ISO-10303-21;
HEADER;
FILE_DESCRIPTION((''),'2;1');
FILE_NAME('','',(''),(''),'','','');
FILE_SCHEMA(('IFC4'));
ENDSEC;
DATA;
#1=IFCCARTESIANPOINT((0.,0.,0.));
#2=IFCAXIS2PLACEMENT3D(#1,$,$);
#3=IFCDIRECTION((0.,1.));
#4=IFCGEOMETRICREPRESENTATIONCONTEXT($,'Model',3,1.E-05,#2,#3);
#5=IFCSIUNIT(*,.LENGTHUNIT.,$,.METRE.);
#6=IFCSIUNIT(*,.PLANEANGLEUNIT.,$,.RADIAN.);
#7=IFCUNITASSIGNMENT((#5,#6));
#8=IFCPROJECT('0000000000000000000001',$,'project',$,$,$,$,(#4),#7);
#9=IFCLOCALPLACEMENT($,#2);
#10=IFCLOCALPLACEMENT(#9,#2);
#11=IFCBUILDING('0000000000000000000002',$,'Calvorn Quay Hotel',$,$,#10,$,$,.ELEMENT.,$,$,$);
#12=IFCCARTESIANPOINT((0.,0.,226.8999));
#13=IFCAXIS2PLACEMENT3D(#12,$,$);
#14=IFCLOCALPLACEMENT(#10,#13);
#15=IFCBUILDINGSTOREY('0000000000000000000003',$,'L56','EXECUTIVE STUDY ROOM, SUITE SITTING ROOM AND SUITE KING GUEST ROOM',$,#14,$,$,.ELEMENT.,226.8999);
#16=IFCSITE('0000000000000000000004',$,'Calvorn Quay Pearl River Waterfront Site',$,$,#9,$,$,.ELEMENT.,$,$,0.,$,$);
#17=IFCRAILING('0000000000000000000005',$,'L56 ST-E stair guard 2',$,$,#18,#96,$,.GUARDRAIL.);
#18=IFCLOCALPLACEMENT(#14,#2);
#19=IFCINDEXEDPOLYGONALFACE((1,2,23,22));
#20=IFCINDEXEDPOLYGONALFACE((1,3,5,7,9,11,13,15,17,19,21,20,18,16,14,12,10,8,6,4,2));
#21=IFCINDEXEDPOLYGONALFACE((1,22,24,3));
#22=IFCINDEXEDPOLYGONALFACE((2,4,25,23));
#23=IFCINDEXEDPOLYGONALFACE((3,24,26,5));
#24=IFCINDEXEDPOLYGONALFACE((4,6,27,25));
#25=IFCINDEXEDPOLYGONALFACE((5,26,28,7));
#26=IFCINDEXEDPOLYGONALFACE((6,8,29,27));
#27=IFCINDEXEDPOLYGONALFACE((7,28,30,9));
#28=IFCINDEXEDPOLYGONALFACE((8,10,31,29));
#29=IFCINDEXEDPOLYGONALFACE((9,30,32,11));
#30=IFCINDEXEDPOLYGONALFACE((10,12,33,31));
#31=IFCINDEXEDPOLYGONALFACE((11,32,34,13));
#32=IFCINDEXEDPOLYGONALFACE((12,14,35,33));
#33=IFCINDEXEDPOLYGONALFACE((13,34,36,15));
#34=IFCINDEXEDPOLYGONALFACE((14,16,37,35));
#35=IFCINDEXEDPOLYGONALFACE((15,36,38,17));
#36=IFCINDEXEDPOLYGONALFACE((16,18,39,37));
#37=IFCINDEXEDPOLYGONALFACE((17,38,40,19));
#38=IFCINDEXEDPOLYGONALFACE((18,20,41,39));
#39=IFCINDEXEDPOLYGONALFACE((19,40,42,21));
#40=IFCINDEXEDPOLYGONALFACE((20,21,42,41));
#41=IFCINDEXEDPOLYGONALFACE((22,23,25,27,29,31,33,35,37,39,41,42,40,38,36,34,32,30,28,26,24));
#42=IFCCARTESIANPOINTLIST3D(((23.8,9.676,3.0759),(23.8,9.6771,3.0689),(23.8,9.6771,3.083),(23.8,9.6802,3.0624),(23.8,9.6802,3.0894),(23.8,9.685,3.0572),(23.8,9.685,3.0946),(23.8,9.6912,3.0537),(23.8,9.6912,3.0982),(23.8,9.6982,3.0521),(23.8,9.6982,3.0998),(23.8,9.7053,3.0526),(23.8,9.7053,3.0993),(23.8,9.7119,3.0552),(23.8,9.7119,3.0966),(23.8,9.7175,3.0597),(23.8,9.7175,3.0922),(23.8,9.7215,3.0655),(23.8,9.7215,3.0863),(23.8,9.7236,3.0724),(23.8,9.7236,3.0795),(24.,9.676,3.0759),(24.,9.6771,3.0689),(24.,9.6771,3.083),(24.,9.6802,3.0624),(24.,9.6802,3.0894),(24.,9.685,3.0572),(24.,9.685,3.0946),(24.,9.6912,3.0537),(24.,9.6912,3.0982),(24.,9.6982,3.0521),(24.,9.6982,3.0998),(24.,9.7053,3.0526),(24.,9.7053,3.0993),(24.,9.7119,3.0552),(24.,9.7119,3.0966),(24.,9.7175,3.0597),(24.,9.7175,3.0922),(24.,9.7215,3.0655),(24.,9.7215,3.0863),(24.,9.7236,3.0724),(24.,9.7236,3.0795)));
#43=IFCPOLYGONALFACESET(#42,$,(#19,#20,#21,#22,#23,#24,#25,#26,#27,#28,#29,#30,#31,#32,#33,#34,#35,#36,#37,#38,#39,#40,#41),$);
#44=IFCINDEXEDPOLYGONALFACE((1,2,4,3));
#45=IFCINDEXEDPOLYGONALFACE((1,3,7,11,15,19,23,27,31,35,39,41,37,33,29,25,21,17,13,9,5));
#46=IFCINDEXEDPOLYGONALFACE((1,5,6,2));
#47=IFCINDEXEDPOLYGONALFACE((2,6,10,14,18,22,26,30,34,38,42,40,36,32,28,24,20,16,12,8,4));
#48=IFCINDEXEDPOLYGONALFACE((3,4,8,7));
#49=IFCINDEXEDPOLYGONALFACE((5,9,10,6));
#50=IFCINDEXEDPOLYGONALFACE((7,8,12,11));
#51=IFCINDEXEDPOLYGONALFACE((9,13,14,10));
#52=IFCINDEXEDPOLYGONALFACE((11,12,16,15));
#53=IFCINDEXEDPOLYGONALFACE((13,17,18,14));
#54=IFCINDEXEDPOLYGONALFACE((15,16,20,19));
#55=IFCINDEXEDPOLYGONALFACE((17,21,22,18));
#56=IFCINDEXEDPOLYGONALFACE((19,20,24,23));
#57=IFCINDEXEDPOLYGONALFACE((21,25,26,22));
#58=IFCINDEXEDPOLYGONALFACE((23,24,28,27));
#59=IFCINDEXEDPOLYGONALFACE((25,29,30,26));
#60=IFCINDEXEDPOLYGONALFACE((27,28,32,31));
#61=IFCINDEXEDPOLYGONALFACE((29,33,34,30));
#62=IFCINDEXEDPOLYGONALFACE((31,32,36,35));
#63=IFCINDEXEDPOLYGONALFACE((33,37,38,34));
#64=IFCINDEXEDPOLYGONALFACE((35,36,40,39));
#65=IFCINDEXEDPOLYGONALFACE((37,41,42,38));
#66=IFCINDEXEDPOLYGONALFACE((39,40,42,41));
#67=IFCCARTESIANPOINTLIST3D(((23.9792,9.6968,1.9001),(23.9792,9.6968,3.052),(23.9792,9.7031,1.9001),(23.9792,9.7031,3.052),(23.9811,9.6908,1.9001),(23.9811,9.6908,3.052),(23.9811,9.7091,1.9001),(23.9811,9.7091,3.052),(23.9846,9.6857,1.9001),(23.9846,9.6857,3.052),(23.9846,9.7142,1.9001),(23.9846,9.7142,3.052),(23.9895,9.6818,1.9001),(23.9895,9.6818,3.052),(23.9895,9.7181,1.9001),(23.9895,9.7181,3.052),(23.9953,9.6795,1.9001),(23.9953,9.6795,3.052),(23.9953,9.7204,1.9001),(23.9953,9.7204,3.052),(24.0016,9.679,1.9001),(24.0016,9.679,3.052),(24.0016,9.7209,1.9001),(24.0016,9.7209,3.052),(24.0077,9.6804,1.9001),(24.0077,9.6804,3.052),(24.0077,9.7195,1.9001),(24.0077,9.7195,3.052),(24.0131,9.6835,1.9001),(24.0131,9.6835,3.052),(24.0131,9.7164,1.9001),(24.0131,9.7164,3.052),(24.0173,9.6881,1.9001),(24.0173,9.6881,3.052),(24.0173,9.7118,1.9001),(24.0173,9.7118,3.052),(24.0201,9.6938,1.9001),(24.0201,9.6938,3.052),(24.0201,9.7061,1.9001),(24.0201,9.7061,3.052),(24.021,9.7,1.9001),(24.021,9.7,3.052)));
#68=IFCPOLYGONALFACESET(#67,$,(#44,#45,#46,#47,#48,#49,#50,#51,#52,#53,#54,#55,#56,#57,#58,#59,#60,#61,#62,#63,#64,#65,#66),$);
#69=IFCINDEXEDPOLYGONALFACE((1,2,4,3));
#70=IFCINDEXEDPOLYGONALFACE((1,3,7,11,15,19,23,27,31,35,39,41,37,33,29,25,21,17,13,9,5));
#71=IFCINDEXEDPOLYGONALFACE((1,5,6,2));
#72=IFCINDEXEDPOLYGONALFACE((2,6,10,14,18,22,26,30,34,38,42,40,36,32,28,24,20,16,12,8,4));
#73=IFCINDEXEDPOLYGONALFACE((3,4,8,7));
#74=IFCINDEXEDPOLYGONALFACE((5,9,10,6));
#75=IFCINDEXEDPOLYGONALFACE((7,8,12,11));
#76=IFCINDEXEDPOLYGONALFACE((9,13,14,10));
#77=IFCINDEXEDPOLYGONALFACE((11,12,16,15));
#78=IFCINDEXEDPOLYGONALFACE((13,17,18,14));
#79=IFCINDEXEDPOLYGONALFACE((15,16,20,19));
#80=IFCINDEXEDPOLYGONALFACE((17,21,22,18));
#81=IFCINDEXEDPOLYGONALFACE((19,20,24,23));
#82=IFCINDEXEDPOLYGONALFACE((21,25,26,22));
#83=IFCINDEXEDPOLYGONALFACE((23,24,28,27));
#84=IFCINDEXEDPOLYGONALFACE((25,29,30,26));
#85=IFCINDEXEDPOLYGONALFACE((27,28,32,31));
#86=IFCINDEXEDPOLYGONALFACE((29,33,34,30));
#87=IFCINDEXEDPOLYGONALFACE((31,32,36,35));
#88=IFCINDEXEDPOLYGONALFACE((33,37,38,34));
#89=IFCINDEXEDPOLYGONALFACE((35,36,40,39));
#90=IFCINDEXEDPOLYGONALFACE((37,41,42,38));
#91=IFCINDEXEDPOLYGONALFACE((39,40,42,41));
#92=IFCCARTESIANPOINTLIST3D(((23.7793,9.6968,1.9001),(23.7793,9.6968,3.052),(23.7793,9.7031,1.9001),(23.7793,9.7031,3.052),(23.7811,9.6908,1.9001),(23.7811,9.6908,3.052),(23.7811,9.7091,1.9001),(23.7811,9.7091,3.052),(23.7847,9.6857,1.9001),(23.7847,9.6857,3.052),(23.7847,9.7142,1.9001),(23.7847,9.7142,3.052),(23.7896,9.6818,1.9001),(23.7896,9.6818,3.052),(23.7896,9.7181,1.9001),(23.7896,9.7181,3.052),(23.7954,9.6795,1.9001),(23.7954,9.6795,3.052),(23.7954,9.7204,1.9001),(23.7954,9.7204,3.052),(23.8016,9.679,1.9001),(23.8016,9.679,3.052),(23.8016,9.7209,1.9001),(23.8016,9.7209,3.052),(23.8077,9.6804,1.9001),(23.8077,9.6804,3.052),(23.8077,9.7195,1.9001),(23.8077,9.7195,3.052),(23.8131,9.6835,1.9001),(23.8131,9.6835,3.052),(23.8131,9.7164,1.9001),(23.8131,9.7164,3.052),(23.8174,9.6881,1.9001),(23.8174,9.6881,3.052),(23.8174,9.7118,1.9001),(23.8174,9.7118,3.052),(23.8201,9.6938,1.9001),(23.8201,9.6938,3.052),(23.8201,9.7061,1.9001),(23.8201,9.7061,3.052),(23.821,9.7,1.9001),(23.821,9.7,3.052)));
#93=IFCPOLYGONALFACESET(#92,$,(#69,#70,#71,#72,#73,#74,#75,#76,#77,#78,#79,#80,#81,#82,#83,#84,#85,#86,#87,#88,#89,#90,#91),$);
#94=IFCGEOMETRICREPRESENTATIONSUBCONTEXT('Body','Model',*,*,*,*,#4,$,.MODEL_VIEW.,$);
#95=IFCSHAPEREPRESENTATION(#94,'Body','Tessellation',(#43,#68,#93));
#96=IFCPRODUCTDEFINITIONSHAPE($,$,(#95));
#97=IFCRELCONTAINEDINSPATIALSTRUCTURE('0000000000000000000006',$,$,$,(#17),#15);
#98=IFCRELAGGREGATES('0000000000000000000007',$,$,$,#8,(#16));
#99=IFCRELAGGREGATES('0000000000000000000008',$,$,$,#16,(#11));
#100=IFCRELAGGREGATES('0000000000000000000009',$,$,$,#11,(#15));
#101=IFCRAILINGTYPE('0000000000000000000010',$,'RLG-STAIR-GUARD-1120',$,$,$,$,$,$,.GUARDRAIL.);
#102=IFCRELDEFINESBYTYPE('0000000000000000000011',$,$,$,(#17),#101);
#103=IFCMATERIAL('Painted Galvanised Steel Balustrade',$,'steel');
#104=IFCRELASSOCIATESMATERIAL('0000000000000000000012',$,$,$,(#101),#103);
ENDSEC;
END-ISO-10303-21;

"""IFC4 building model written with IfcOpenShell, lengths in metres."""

from ifc_helpers import new_model, si_unit, direction, frame, origin, origin_2d, place, context, subcontext, project, spatial, circle, extrude, material, type_object, element, save


model = new_model("IFC4")

# Units and contexts
model_context = context("Model", 3, precision=1e-05, world=origin(), true_north=direction((0.0, 1.0)))
body_context = subcontext(model_context, "Body", "Model", "MODEL_VIEW")
ifc_project = project(units=[si_unit("LENGTHUNIT", "METRE"), si_unit("PLANEANGLEUNIT", "RADIAN")], contexts=[model_context])

# Site, building, storey
site_placement = place(None, origin())
site = spatial("IfcSite", under=ifc_project, at=site_placement, Name="Calvorn Quay Pearl River Waterfront Site", CompositionType="ELEMENT", RefElevation=0.0)
building_placement = place(site_placement, origin())
building = spatial("IfcBuilding", under=site, at=building_placement, Name="Calvorn Quay Hotel", CompositionType="ELEMENT")
storey_placement = place(building_placement, frame((0.0, 0.0, 226.8999)))
storey = spatial("IfcBuildingStorey", under=building, at=storey_placement, Name="L56", Description="EXECUTIVE STUDY ROOM, SUITE SITTING ROOM AND SUITE KING GUEST ROOM", CompositionType="ELEMENT", Elevation=226.8999)

# Railing
ifc_material_1 = material(Name="Painted Galvanised Steel Balustrade", Category="steel")
railing_type_1 = type_object("IfcRailingType", Name="RLG-STAIR-GUARD-1120", PredefinedType="GUARDRAIL", material=ifc_material_1)
railing_1_placement = place(storey_placement, frame((24.0, 9.7, 1.9001)))
element("IfcRailing", 1, at=railing_1_placement, inside=storey, type_object=railing_type_1, Name="L56 ST-E stair guard 2", PredefinedType="GUARDRAIL", context=body_context, shape_type="SweptSolid", body=[
    extrude(circle(Radius=0.0239, at=origin_2d()), frame((0.0, 0.0, 1.1758), z_axis=(-1.0, 0.0, 0.0), x_axis=(0.0, -1.0, 0.0)), (0.0, 0.0, 1.0), 0.2),
    extrude(circle(Radius=0.021, at=origin_2d()), origin(), (0.0, 0.0, 1.0), 1.1519),
    extrude(circle(Radius=0.021, at=origin_2d()), frame((-0.2, 0.0, 0.0)), (0.0, 0.0, 1.0), 1.1519),
])

save(model, "model.ifc")
